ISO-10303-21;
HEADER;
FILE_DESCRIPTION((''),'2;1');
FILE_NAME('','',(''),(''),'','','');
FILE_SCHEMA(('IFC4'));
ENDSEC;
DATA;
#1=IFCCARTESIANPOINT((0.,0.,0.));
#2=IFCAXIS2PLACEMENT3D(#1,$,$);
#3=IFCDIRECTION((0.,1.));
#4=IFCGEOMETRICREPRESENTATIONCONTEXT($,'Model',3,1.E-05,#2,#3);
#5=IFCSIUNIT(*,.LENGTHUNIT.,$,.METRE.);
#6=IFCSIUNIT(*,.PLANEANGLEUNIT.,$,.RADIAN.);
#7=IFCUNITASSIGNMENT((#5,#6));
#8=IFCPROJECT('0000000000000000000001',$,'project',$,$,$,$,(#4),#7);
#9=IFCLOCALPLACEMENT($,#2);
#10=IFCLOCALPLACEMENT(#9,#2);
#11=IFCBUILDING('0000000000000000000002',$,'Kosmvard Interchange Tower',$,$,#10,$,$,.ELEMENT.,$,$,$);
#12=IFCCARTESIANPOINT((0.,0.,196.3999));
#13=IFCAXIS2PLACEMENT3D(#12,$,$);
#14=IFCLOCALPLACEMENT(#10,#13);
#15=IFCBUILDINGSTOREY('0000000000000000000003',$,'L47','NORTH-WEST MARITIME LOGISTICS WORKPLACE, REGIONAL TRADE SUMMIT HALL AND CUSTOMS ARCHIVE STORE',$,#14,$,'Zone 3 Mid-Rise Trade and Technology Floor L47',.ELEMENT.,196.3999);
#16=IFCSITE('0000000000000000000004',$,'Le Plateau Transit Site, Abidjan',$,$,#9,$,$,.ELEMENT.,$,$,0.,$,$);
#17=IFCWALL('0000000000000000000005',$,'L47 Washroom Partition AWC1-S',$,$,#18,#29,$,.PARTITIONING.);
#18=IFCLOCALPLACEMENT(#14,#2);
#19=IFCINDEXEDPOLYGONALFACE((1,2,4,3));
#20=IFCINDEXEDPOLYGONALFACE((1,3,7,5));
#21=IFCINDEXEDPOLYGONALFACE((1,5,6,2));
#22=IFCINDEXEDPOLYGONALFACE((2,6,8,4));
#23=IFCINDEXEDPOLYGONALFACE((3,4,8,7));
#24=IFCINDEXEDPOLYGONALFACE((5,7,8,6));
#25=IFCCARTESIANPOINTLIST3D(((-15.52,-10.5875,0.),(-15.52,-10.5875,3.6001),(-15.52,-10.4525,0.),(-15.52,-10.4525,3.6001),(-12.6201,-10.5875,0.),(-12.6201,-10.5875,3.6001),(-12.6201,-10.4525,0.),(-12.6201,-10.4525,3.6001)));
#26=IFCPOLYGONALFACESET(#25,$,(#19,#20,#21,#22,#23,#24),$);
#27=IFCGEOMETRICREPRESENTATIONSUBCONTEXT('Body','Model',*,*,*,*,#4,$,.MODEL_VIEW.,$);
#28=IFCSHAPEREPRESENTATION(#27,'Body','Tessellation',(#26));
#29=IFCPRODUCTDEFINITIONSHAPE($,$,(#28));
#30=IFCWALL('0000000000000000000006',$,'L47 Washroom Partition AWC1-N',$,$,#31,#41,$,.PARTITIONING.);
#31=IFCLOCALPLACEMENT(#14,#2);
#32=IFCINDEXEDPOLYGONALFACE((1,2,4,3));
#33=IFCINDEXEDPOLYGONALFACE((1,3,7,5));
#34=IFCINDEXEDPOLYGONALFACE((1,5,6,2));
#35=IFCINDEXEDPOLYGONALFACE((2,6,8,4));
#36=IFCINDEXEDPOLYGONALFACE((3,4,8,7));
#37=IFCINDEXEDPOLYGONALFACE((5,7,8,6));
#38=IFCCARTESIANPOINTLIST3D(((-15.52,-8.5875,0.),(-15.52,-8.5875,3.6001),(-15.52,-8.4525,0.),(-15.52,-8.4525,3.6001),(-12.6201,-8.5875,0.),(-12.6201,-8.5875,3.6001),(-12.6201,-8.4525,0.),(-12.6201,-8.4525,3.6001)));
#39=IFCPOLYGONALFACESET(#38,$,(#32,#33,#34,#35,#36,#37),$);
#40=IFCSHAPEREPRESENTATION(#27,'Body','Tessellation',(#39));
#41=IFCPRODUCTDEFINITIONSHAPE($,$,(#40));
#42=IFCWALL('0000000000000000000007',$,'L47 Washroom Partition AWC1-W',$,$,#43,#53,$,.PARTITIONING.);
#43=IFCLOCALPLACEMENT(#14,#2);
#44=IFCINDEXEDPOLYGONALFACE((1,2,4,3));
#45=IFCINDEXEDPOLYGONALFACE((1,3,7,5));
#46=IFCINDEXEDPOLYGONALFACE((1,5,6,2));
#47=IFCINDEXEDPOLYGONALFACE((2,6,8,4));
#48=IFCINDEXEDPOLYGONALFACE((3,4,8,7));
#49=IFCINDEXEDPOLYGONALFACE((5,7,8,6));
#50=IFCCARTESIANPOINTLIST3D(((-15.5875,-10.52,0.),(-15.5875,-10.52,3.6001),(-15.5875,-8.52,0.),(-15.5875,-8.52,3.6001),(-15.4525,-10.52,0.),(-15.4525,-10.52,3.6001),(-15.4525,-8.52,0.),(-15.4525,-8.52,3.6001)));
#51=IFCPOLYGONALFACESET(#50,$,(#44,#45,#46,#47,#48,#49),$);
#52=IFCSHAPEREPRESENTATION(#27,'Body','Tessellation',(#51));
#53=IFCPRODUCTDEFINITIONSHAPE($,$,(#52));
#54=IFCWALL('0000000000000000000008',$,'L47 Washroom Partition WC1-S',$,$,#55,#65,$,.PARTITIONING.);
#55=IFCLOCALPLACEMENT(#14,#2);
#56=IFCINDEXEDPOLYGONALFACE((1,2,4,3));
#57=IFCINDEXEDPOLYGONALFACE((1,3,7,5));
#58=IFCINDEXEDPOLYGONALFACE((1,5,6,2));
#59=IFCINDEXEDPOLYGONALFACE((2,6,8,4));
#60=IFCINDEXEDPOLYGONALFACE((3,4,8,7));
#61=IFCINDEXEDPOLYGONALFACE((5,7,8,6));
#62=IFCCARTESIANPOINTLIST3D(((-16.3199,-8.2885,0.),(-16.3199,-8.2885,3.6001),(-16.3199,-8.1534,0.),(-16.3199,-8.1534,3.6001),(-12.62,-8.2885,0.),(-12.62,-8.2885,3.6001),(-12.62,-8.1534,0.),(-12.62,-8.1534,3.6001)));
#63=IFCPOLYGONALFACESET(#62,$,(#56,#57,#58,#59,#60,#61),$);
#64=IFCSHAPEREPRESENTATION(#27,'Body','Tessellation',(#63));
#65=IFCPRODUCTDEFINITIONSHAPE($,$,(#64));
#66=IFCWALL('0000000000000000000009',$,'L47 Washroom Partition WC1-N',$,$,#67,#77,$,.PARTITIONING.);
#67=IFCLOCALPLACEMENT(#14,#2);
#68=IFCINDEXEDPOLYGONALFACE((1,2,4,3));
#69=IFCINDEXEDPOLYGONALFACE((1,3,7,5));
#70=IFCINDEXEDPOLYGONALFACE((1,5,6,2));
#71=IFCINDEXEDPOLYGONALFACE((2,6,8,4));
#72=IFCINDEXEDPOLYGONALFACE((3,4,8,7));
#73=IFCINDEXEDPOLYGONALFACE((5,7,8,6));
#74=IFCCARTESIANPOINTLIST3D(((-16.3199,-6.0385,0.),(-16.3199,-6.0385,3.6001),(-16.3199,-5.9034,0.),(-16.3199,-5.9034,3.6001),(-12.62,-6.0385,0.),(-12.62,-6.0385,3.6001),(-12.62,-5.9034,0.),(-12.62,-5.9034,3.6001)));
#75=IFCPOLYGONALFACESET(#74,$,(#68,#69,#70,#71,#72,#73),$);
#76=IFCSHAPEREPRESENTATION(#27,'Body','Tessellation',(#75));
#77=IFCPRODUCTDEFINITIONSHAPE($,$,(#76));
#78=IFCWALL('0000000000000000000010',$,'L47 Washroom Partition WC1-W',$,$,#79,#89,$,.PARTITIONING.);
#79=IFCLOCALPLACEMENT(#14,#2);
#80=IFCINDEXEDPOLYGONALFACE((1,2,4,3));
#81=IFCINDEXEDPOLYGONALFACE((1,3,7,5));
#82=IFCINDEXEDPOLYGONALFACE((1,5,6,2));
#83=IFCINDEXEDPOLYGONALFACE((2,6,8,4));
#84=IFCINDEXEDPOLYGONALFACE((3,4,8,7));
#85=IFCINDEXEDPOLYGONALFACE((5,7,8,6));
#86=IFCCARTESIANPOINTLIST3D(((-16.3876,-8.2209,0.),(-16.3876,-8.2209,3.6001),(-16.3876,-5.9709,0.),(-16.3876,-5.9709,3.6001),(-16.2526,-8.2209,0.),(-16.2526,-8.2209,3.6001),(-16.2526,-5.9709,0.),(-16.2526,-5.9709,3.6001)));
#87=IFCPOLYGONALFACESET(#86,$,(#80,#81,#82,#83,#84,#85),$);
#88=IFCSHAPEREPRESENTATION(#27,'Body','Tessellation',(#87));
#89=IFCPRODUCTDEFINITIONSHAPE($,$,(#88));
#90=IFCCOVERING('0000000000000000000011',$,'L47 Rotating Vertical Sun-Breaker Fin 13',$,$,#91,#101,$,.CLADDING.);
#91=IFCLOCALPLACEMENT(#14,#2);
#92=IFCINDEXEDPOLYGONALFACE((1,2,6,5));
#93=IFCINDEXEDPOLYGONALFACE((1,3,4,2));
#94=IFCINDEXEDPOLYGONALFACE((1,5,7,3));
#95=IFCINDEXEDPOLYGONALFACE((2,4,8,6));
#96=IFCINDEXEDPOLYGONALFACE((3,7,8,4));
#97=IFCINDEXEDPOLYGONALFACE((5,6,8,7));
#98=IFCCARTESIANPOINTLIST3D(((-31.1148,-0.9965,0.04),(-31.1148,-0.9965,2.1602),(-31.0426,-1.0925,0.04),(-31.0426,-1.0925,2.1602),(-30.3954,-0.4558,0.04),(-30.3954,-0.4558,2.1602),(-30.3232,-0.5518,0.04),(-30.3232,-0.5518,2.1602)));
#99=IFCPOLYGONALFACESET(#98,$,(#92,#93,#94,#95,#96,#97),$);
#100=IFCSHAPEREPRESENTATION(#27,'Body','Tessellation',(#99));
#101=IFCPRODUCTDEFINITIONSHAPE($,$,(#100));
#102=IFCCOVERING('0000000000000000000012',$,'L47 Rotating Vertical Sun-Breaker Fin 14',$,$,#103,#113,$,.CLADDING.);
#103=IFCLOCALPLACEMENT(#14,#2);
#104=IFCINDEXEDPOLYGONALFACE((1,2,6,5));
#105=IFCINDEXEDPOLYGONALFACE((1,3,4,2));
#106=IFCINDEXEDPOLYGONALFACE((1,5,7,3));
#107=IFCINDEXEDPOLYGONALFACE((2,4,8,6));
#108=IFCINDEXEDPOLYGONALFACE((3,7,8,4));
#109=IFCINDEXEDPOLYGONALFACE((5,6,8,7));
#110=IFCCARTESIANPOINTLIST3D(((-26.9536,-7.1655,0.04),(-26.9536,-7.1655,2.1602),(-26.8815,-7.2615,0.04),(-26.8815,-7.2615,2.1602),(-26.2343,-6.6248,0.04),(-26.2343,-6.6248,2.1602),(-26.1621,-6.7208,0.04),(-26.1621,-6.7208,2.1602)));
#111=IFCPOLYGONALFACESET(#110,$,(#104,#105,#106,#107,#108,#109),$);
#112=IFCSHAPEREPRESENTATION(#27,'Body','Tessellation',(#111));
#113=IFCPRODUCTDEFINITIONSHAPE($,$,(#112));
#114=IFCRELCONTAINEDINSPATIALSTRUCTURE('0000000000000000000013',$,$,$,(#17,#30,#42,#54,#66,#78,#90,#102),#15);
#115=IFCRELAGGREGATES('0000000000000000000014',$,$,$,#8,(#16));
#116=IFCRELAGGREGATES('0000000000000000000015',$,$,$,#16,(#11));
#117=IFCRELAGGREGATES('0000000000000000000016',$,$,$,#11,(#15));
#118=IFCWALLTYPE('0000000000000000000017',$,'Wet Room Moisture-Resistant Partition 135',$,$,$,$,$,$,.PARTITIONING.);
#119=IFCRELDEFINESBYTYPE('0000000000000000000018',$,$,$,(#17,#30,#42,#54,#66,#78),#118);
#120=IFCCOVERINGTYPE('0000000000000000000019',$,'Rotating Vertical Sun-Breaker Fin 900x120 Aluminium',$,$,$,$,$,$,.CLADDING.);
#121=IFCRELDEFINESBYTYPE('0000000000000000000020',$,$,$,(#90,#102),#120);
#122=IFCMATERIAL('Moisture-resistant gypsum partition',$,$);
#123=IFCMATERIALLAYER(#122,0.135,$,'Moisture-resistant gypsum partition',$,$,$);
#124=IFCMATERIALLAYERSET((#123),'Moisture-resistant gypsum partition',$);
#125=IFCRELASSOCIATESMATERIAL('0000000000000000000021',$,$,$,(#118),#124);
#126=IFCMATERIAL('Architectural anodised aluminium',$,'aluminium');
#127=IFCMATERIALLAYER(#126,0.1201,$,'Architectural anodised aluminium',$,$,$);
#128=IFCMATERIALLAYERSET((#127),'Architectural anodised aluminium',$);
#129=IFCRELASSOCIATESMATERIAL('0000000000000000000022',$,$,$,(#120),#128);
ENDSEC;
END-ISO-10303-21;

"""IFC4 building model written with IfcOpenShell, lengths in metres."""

from ifc_helpers import new_model, si_unit, direction, frame, frame_2d, origin, origin_2d, place, context, subcontext, project, spatial, rectangle, extrude, source, transform, mapped, material, layer, layer_set, type_object, element, save


model = new_model("IFC4")

# Units and contexts
model_context = context("Model", 3, precision=1e-05, world=origin(), true_north=direction((0.0, 1.0)))
body_context = subcontext(model_context, "Body", "Model", "MODEL_VIEW")
ifc_project = project(units=[si_unit("LENGTHUNIT", "METRE"), si_unit("PLANEANGLEUNIT", "RADIAN")], contexts=[model_context])

# Site, building, storey
site_placement = place(None, origin())
site = spatial("IfcSite", under=ifc_project, at=site_placement, Name="Le Plateau Transit Site, Abidjan", CompositionType="ELEMENT", RefElevation=0.0)
building_placement = place(site_placement, origin())
building = spatial("IfcBuilding", under=site, at=building_placement, Name="Kosmvard Interchange Tower", CompositionType="ELEMENT")
storey_placement = place(building_placement, frame((0.0, 0.0, 196.3999)))
storey = spatial("IfcBuildingStorey", under=building, at=storey_placement, Name="L47", Description="NORTH-WEST MARITIME LOGISTICS WORKPLACE, REGIONAL TRADE SUMMIT HALL AND CUSTOMS ARCHIVE STORE", LongName="Zone 3 Mid-Rise Trade and Technology Floor L47", CompositionType="ELEMENT", Elevation=196.3999)

# Walls
ifc_material_1 = material(Name="Moisture-resistant gypsum partition")
ifc_layer_1 = layer(ifc_material_1, 0.135, Name="Moisture-resistant gypsum partition")
ifc_layer_set_1 = layer_set([ifc_layer_1], Name="Moisture-resistant gypsum partition")
wall_type_1 = type_object("IfcWallType", Name="Wet Room Moisture-Resistant Partition 135", PredefinedType="PARTITIONING", material=ifc_layer_set_1)
for number, where, z_axis, x_axis, name in (
    (1, (-15.52, -10.52, 0.0), (0.0, 0.0, 1.0), (1.0, 0.0, 0.0), "L47 Washroom Partition AWC1-S"),
    (2, (-15.52, -8.52, 0.0), (0.0, 0.0, 1.0), (1.0, 0.0, 0.0), "L47 Washroom Partition AWC1-N"),
):
    element("IfcWall", number, at=place(storey_placement, frame(where, z_axis=z_axis, x_axis=x_axis)), inside=storey, type_object=wall_type_1, Name=name, PredefinedType="PARTITIONING", context=body_context, shape_type="SweptSolid", body=[
        extrude(rectangle(XDim=2.8999, YDim=0.135, at=frame_2d((1.45, 0.0))), origin(), (0.0, 0.0, 1.0), 3.6001),
    ])
wall_1_placement = place(storey_placement, frame((-15.52, -10.52, 0.0), z_axis=(0.0, 0.0, 1.0), x_axis=(0.0, 1.0, 0.0)))
element("IfcWall", 3, at=wall_1_placement, inside=storey, type_object=wall_type_1, Name="L47 Washroom Partition AWC1-W", PredefinedType="PARTITIONING", context=body_context, shape_type="SweptSolid", body=[
    extrude(rectangle(XDim=2.0, YDim=0.135, at=frame_2d((1.0, 0.0))), origin(), (0.0, 0.0, 1.0), 3.6001),
])
for number, where, z_axis, x_axis, name in (
    (4, (-16.3201, -8.2209, 0.0), (0.0, 0.0, 1.0), (1.0, 0.0, 0.0), "L47 Washroom Partition WC1-S"),
    (5, (-16.3201, -5.9709, 0.0), (0.0, 0.0, 1.0), (1.0, 0.0, 0.0), "L47 Washroom Partition WC1-N"),
):
    element("IfcWall", number, at=place(storey_placement, frame(where, z_axis=z_axis, x_axis=x_axis)), inside=storey, type_object=wall_type_1, Name=name, PredefinedType="PARTITIONING", context=body_context, shape_type="SweptSolid", body=[
        extrude(rectangle(XDim=3.7, YDim=0.135, at=frame_2d((1.8501, 0.0))), origin(), (0.0, 0.0, 1.0), 3.6001),
    ])
wall_2_placement = place(storey_placement, frame((-16.3201, -8.2209, 0.0), z_axis=(0.0, 0.0, 1.0), x_axis=(0.0, 1.0, 0.0)))
element("IfcWall", 6, at=wall_2_placement, inside=storey, type_object=wall_type_1, Name="L47 Washroom Partition WC1-W", PredefinedType="PARTITIONING", context=body_context, shape_type="SweptSolid", body=[
    extrude(rectangle(XDim=2.25, YDim=0.135, at=frame_2d((1.125, 0.0))), origin(), (0.0, 0.0, 1.0), 3.6001),
])

# Coverings
ifc_material_2 = material(Name="Architectural anodised aluminium", Category="aluminium")
ifc_layer_2 = layer(ifc_material_2, 0.1201, Name="Architectural anodised aluminium")
ifc_layer_set_2 = layer_set([ifc_layer_2], Name="Architectural anodised aluminium")
covering_type = type_object("IfcCoveringType", Name="Rotating Vertical Sun-Breaker Fin 900x120 Aluminium", PredefinedType="CLADDING", material=ifc_layer_set_2)
shared_shape_1 = source(origin(), body_context, "Body", "SweptSolid", [
    extrude(rectangle(XDim=0.8999, YDim=0.1201, at=origin_2d()), origin(), (0.0, 0.0, 1.0), 2.1201),
])
for number, where, z_axis, x_axis, name in (
    (7, (-30.719, -0.7742, 0.04), (0.0, 0.0, 1.0), (-0.79937, -0.600839, 0.0), "L47 Rotating Vertical Sun-Breaker Fin 13"),
    (8, (-26.5579, -6.9431, 0.04), (0.0, 0.0, 1.0), (-0.79937, -0.600839, 0.0), "L47 Rotating Vertical Sun-Breaker Fin 14"),
):
    element("IfcCovering", number, at=place(storey_placement, frame(where, z_axis=z_axis, x_axis=x_axis)), inside=storey, type_object=covering_type, Name=name, PredefinedType="CLADDING", context=body_context, shape_type="MappedRepresentation", body=[
        mapped(shared_shape_1, transform((0.0, 0.0, 0.0), scale=1.0)),
    ])

save(model, "model.ifc")
